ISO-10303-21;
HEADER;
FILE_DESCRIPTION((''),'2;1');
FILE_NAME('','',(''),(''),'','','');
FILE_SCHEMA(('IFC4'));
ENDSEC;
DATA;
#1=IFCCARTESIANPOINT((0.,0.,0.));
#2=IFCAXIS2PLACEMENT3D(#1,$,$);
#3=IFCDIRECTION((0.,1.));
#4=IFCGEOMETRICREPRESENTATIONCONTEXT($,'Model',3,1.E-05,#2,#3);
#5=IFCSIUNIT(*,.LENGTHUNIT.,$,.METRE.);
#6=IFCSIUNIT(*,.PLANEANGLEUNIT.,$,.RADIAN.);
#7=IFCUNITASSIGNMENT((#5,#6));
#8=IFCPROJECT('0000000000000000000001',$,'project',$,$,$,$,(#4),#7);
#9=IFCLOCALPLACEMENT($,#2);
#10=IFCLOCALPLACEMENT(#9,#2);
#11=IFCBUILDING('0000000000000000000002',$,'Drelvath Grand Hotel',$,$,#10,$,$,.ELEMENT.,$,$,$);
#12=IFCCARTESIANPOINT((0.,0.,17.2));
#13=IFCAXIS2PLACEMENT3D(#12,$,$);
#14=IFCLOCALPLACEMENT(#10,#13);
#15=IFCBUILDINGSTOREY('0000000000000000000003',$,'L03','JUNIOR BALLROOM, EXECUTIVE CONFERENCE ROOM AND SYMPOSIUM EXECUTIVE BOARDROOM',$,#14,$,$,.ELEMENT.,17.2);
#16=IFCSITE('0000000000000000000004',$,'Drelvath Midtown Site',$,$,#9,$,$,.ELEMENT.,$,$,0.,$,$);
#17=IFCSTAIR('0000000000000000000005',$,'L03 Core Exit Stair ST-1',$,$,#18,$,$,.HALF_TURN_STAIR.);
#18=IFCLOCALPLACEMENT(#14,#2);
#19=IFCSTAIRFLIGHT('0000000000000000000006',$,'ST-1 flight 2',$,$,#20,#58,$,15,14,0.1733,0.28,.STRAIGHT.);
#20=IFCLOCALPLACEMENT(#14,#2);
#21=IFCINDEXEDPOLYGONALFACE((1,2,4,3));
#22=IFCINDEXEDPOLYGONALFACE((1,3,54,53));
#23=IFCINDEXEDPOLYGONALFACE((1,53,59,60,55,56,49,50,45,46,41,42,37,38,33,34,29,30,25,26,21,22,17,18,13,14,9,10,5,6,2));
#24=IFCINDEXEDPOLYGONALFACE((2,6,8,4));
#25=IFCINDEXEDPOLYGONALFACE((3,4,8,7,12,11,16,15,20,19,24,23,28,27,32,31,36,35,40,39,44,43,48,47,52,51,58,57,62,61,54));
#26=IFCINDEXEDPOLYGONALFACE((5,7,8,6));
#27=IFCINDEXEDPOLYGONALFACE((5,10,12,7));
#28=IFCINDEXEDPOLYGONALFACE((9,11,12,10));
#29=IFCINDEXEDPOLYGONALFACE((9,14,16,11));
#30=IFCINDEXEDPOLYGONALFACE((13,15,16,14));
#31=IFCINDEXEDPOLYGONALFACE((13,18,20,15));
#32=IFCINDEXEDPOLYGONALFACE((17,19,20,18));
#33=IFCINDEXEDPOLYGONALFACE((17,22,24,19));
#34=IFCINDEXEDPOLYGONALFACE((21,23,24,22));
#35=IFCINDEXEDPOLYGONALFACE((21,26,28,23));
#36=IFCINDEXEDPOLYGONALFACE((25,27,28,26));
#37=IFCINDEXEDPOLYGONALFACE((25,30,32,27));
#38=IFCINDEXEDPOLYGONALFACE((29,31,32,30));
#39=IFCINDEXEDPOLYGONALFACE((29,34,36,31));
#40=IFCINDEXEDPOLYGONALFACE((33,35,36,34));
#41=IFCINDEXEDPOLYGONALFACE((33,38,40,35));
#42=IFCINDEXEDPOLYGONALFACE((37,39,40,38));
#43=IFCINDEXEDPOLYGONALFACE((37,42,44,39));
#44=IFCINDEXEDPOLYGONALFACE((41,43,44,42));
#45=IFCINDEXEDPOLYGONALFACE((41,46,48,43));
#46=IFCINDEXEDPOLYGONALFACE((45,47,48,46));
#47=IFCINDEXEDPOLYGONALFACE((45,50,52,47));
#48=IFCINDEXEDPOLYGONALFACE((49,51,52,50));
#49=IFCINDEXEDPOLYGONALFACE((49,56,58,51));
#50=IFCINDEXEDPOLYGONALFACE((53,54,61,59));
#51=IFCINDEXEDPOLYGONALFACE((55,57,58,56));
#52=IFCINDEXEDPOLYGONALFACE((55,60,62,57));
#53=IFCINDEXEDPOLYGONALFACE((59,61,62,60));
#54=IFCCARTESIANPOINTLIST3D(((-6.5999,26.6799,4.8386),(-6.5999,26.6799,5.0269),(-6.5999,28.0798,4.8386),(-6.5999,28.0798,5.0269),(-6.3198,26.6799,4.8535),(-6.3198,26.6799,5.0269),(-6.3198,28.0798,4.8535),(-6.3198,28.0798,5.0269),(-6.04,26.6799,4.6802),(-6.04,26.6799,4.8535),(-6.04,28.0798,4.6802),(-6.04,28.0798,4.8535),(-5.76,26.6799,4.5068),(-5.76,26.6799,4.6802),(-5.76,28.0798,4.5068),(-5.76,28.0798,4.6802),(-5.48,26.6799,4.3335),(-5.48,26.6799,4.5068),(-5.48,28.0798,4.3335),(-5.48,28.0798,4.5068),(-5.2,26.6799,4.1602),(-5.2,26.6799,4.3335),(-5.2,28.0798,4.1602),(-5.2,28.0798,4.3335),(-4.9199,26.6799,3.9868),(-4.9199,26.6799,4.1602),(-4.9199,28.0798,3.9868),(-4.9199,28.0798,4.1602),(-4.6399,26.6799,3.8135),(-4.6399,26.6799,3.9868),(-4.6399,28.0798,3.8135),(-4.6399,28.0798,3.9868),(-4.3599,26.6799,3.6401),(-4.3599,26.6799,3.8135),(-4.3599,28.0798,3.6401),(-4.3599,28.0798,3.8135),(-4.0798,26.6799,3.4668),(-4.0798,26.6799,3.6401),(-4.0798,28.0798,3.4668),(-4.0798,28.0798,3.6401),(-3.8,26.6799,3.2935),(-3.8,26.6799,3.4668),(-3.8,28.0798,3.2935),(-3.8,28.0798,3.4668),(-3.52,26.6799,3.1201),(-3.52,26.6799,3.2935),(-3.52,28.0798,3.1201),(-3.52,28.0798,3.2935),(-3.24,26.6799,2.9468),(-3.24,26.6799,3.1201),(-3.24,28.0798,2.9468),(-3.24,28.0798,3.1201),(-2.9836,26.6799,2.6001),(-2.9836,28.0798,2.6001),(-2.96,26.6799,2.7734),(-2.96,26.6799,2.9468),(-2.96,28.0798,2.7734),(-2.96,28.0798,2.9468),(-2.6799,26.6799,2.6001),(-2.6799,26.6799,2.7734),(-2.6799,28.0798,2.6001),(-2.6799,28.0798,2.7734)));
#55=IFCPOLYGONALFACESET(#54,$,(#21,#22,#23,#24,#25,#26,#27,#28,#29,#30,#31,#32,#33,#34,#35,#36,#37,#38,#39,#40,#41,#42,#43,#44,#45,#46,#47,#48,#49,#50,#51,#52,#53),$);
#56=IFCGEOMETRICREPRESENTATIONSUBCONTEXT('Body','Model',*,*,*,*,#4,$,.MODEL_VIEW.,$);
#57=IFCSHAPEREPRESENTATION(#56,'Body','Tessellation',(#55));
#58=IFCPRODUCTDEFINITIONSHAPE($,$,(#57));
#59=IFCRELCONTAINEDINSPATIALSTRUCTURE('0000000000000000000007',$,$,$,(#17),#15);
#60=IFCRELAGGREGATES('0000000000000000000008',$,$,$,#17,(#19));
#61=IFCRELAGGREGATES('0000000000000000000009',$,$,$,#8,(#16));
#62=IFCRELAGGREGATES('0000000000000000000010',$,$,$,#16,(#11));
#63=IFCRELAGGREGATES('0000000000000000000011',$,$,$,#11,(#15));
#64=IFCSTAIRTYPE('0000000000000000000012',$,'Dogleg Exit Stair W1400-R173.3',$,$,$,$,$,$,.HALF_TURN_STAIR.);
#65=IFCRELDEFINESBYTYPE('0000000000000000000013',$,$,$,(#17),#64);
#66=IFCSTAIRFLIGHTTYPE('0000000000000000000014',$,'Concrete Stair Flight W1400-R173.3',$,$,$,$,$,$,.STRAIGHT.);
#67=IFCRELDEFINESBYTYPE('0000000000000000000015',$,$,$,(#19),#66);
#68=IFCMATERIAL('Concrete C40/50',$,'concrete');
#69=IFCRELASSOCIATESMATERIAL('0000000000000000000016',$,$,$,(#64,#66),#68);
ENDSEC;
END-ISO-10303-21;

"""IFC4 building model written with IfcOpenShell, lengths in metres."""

from ifc_helpers import new_model, si_unit, direction, frame, origin, place, context, subcontext, project, spatial, polyline, outline, extrude, material, type_object, element, aggregate, save


model = new_model("IFC4")

# Units and contexts
model_context = context("Model", 3, precision=1e-05, world=origin(), true_north=direction((0.0, 1.0)))
body_context = subcontext(model_context, "Body", "Model", "MODEL_VIEW")
ifc_project = project(units=[si_unit("LENGTHUNIT", "METRE"), si_unit("PLANEANGLEUNIT", "RADIAN")], contexts=[model_context])

# Site, building, storey
site_placement = place(None, origin())
site = spatial("IfcSite", under=ifc_project, at=site_placement, Name="Drelvath Midtown Site", CompositionType="ELEMENT", RefElevation=0.0)
building_placement = place(site_placement, origin())
building = spatial("IfcBuilding", under=site, at=building_placement, Name="Drelvath Grand Hotel", CompositionType="ELEMENT")
storey_placement = place(building_placement, frame((0.0, 0.0, 17.2)))
storey = spatial("IfcBuildingStorey", under=building, at=storey_placement, Name="L03", Description="JUNIOR BALLROOM, EXECUTIVE CONFERENCE ROOM AND SYMPOSIUM EXECUTIVE BOARDROOM", CompositionType="ELEMENT", Elevation=17.2)

# Shared definitions
ifc_material_1 = material(Name="Concrete C40/50", Category="concrete")

# Stair, stair flight
stair_type = type_object("IfcStairType", Name="Dogleg Exit Stair W1400-R173.3", PredefinedType="HALF_TURN_STAIR", material=ifc_material_1)
stair_placement = place(storey_placement, origin())
stair = element("IfcStair", 1, at=stair_placement, inside=storey, type_object=stair_type, Name="L03 Core Exit Stair ST-1", PredefinedType="HALF_TURN_STAIR")
stair_flight_type = type_object("IfcStairFlightType", Name="Concrete Stair Flight W1400-R173.3", PredefinedType="STRAIGHT", material=ifc_material_1)
stair_flight_placement = place(storey_placement, frame((-2.6799, 27.3799, 2.6001), z_axis=(0.0, 0.0, 1.0), x_axis=(-1.0, 0.0, 0.0)))
stair_flight = element("IfcStairFlight", 2, at=stair_flight_placement, type_object=stair_flight_type, Name="ST-1 flight 2", NumberOfRisers=15, NumberOfTreads=14, PredefinedType="STRAIGHT", RiserHeight=0.1733, TreadLength=0.28, context=body_context, shape_type="SweptSolid", body=[
    extrude(outline(polyline([(0.0, 0.0), (0.0, 0.1733), (0.28, 0.1733), (0.28, 0.3467), (0.5601, 0.3467), (0.5601, 0.52), (0.8401, 0.52), (0.8401, 0.6934), (1.1201, 0.6934), (1.1201, 0.8667), (1.3999, 0.8667), (1.3999, 1.04), (1.6799, 1.04), (1.6799, 1.2134), (1.96, 1.2134), (1.96, 1.3867), (2.24, 1.3867), (2.24, 1.5601), (2.52, 1.5601), (2.52, 1.7334), (2.8, 1.7334), (2.8, 1.9067), (3.0801, 1.9067), (3.0801, 2.0801), (3.3601, 2.0801), (3.3601, 2.2534), (3.6399, 2.2534), (3.6399, 2.4268), (3.9199, 2.4268), (3.9199, 2.6001), (3.9199, 2.2385), (0.3037, 0.0), (0.0, 0.0)])), frame((0.0, 0.7, 0.0), z_axis=(0.0, -1.0, 0.0), x_axis=(1.0, 0.0, 0.0)), (0.0, 0.0, 1.0), 1.3999),
])
aggregate(stair, [stair_flight])

save(model, "model.ifc")
